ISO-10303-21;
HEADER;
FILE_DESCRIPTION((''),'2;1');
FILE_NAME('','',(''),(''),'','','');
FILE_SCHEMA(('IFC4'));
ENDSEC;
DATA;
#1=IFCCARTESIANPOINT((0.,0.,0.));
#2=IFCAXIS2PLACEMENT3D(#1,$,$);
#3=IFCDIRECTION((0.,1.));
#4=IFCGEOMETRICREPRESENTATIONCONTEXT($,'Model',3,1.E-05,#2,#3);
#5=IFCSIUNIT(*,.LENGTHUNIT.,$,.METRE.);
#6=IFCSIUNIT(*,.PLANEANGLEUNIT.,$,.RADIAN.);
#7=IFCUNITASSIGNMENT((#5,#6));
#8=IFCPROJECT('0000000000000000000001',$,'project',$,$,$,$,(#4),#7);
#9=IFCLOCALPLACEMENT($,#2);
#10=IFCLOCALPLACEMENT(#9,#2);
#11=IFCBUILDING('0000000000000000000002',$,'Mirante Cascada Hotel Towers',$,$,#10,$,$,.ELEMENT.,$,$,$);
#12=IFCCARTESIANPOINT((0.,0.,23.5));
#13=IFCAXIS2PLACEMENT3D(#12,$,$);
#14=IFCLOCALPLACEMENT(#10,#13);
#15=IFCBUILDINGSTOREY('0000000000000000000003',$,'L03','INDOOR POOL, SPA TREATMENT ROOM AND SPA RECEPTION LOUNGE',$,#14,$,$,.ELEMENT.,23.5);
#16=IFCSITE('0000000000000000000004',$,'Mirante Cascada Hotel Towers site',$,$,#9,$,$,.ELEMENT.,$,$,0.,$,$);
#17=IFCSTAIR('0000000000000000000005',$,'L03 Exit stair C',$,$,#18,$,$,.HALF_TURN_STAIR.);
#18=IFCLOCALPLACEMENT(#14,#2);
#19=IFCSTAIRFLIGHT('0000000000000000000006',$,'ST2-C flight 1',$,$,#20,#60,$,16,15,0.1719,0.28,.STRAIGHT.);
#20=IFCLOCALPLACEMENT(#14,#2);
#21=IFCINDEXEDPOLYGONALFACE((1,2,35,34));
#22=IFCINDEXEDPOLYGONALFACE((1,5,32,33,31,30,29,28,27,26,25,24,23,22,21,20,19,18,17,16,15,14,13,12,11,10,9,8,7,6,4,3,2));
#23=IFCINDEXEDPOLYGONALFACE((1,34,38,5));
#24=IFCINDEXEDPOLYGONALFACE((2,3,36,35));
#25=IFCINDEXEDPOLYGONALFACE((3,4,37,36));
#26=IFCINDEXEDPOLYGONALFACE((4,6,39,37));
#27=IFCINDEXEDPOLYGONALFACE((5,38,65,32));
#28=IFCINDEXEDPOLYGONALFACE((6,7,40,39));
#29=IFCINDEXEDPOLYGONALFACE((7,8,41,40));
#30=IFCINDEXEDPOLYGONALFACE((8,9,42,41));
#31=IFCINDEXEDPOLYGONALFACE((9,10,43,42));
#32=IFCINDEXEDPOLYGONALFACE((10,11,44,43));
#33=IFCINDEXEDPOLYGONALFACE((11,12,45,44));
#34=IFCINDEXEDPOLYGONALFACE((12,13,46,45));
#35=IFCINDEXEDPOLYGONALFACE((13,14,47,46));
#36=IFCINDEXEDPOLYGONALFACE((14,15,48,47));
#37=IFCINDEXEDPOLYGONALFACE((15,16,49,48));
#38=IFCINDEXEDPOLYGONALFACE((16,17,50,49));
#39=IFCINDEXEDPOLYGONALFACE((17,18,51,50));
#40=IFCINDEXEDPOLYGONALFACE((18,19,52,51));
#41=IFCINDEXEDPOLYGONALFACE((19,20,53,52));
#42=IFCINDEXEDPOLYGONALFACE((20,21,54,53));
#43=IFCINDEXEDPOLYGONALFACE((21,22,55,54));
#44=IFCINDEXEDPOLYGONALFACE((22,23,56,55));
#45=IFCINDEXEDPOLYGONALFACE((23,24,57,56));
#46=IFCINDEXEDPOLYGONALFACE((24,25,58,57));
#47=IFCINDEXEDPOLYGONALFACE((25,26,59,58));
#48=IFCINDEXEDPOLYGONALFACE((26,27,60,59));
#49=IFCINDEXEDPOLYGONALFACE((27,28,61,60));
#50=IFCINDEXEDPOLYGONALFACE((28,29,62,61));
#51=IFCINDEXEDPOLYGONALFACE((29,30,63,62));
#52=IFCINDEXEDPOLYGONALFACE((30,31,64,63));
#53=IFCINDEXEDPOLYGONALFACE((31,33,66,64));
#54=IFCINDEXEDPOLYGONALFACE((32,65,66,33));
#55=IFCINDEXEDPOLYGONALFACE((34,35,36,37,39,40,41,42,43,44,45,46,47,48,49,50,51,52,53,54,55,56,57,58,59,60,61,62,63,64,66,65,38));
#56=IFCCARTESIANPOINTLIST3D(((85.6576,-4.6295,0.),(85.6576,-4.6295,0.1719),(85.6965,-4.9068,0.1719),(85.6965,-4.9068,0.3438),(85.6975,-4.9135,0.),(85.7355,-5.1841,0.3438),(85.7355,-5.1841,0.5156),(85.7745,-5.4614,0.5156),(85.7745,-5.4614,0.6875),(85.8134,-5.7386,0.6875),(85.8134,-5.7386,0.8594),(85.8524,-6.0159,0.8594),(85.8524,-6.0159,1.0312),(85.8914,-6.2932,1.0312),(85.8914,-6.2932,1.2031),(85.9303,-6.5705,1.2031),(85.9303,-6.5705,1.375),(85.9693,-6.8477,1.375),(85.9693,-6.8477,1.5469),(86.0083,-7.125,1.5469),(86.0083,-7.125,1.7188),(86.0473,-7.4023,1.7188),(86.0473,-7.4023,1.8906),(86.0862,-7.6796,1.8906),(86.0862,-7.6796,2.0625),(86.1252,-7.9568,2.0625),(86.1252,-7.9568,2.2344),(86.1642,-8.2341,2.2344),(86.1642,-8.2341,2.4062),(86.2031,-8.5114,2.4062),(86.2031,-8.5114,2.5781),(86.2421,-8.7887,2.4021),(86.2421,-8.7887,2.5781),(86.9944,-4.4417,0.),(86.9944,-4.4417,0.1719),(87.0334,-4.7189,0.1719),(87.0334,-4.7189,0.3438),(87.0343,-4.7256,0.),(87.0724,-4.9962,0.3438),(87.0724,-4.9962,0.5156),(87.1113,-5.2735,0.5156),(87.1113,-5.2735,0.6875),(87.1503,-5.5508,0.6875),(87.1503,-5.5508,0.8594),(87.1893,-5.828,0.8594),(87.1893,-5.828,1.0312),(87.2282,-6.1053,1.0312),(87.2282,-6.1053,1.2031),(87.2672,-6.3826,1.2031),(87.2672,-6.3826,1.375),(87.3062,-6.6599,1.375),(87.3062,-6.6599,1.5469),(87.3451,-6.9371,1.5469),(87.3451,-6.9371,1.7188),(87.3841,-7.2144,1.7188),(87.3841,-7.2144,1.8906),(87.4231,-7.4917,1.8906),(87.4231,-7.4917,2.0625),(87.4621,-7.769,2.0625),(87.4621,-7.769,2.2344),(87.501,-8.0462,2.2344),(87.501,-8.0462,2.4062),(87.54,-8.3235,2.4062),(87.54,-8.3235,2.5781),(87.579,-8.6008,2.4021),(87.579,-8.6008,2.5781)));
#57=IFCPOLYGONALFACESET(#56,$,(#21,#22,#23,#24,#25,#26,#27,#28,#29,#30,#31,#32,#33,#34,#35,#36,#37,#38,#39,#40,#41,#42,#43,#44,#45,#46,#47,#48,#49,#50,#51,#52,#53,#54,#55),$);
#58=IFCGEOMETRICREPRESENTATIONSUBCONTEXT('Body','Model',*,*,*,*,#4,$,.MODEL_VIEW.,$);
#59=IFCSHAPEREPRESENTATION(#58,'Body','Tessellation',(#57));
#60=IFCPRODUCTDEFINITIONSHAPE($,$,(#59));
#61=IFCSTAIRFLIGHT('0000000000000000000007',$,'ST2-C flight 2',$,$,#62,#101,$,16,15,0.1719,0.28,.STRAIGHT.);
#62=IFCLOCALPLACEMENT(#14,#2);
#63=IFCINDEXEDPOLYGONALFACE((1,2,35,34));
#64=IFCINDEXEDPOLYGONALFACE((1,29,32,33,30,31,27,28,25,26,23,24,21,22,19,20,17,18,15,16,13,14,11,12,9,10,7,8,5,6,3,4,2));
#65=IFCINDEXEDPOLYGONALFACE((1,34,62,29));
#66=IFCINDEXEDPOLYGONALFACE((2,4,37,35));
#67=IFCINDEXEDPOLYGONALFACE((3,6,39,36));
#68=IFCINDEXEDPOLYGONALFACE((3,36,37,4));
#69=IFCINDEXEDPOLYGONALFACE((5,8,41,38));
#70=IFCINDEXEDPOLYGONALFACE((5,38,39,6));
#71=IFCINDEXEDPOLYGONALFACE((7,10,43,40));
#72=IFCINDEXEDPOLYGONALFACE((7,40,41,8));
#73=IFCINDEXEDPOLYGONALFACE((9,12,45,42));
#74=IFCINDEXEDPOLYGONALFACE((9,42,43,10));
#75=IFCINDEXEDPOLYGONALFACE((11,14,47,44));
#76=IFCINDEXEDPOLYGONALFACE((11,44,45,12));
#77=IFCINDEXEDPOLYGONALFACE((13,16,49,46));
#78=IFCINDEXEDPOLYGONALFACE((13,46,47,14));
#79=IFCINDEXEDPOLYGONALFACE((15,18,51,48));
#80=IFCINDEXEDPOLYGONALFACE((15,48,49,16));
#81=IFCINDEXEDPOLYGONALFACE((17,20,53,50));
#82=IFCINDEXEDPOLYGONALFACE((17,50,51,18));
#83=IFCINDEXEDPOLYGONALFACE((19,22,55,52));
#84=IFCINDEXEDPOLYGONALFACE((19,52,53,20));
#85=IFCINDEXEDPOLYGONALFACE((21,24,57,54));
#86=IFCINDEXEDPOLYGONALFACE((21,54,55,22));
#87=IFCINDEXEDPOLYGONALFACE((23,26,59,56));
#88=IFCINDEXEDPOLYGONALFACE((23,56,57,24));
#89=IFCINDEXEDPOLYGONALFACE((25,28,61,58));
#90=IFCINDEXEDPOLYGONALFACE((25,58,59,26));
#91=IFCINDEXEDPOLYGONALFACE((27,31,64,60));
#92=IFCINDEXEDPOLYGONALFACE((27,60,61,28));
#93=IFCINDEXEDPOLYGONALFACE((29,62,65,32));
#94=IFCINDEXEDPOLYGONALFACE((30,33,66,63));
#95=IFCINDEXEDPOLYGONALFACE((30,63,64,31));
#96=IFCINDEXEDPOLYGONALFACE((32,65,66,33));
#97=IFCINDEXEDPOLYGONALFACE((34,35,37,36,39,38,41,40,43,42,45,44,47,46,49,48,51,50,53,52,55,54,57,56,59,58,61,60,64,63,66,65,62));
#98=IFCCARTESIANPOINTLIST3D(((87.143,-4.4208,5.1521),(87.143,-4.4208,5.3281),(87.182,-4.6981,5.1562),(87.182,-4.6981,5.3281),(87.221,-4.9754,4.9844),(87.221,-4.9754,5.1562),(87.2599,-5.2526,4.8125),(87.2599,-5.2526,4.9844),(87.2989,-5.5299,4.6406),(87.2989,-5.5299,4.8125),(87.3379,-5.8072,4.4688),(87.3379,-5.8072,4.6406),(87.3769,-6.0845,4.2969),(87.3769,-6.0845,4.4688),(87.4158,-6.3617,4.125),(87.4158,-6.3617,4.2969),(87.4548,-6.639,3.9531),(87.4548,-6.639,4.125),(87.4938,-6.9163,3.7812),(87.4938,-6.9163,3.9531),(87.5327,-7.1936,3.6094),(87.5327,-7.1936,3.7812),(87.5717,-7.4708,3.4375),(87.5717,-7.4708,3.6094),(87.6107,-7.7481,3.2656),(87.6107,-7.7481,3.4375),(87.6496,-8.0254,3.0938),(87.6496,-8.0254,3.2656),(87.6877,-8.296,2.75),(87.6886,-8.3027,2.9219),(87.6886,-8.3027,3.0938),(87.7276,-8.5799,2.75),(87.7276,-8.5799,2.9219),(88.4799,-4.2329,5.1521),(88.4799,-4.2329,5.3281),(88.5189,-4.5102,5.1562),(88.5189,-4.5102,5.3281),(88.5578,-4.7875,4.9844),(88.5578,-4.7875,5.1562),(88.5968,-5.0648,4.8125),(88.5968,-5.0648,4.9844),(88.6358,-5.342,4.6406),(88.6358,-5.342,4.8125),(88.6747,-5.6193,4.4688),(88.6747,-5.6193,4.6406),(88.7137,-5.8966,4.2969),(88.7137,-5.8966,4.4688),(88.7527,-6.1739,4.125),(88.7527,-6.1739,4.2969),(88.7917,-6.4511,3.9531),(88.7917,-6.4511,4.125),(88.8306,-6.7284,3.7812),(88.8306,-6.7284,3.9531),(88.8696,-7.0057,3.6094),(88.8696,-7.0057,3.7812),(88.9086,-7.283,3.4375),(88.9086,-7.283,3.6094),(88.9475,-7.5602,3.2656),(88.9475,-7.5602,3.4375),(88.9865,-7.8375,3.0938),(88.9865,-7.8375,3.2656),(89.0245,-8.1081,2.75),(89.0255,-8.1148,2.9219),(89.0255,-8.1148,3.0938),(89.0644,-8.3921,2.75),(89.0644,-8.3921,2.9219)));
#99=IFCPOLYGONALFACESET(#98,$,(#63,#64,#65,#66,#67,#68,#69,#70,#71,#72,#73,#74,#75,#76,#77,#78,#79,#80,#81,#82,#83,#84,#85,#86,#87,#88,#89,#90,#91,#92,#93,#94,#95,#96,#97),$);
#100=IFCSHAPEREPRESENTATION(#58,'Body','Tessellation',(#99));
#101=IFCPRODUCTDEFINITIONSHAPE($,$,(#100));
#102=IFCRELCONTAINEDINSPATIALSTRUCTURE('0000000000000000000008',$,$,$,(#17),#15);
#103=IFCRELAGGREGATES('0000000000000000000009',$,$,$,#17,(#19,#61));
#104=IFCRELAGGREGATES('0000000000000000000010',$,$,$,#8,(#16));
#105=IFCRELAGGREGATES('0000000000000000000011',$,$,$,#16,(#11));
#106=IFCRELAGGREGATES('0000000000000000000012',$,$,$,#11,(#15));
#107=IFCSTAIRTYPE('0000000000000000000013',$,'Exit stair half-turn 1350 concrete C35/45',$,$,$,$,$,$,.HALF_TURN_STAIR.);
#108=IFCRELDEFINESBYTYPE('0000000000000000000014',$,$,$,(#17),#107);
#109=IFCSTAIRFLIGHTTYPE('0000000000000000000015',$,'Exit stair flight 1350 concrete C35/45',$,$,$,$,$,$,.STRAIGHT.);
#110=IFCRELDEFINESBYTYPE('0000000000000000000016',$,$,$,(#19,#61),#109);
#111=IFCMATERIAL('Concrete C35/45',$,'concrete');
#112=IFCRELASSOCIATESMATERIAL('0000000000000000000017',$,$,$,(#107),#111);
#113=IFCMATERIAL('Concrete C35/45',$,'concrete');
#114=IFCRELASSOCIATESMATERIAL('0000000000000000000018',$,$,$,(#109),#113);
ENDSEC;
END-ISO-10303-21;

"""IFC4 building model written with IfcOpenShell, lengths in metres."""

from ifc_helpers import new_model, si_unit, direction, frame, origin, place, context, subcontext, project, spatial, polyline, outline, extrude, material, type_object, element, aggregate, save


model = new_model("IFC4")

# Units and contexts
model_context = context("Model", 3, precision=1e-05, world=origin(), true_north=direction((0.0, 1.0)))
body_context = subcontext(model_context, "Body", "Model", "MODEL_VIEW")
ifc_project = project(units=[si_unit("LENGTHUNIT", "METRE"), si_unit("PLANEANGLEUNIT", "RADIAN")], contexts=[model_context])

# Site, building, storey
site_placement = place(None, origin())
site = spatial("IfcSite", under=ifc_project, at=site_placement, Name="Mirante Cascada Hotel Towers site", CompositionType="ELEMENT", RefElevation=0.0)
building_placement = place(site_placement, origin())
building = spatial("IfcBuilding", under=site, at=building_placement, Name="Mirante Cascada Hotel Towers", CompositionType="ELEMENT")
storey_placement = place(building_placement, frame((0.0, 0.0, 23.5)))
storey = spatial("IfcBuildingStorey", under=building, at=storey_placement, Name="L03", Description="INDOOR POOL, SPA TREATMENT ROOM AND SPA RECEPTION LOUNGE", CompositionType="ELEMENT", Elevation=23.5)

# Stair, stair flights
ifc_material_1 = material(Name="Concrete C35/45", Category="concrete")
stair_type = type_object("IfcStairType", Name="Exit stair half-turn 1350 concrete C35/45", PredefinedType="HALF_TURN_STAIR", material=ifc_material_1)
stair_placement = place(storey_placement, origin())
stair = element("IfcStair", 1, at=stair_placement, inside=storey, type_object=stair_type, Name="L03 Exit stair C", PredefinedType="HALF_TURN_STAIR")
ifc_material_2 = material(Name="Concrete C35/45", Category="concrete")
stair_flight_type = type_object("IfcStairFlightType", Name="Exit stair flight 1350 concrete C35/45", PredefinedType="STRAIGHT", material=ifc_material_2)
stair_flight_1_placement = place(storey_placement, frame((86.326, -4.5356, 0.0), z_axis=(0.0, 0.0, 1.0), x_axis=(0.139173, -0.990268, 0.0)))
stair_flight_1 = element("IfcStairFlight", 2, at=stair_flight_1_placement, type_object=stair_flight_type, Name="ST2-C flight 1", NumberOfRisers=16, NumberOfTreads=15, PredefinedType="STRAIGHT", RiserHeight=0.1719, TreadLength=0.28, context=body_context, shape_type="SweptSolid", body=[
    extrude(outline(polyline([(0.0, 0.0), (0.0, 0.1719), (0.28, 0.1719), (0.28, 0.3438), (0.56, 0.3438), (0.56, 0.5156), (0.84, 0.5156), (0.84, 0.6875), (1.12, 0.6875), (1.12, 0.8594), (1.4, 0.8594), (1.4, 1.0312), (1.68, 1.0312), (1.68, 1.2031), (1.96, 1.2031), (1.96, 1.375), (2.24, 1.375), (2.24, 1.5469), (2.52, 1.5469), (2.52, 1.7188), (2.8, 1.7188), (2.8, 1.8906), (3.08, 1.8906), (3.08, 2.0625), (3.36, 2.0625), (3.36, 2.2344), (3.64, 2.2344), (3.64, 2.4062), (3.92, 2.4062), (3.92, 2.5781), (4.2, 2.5781), (4.2, 2.75), (4.2, 2.4021), (0.2867, 0.0), (0.0, 0.0)])), frame((0.0, 0.675, 0.0), z_axis=(0.0, -1.0, 0.0), x_axis=(1.0, 0.0, 0.0)), (0.0, 0.0, 1.0), 1.35),
])
stair_flight_2_placement = place(storey_placement, frame((88.396, -8.486, 2.75), z_axis=(0.0, 0.0, 1.0), x_axis=(-0.139173, 0.990268, 0.0)))
stair_flight_2 = element("IfcStairFlight", 3, at=stair_flight_2_placement, type_object=stair_flight_type, Name="ST2-C flight 2", NumberOfRisers=16, NumberOfTreads=15, PredefinedType="STRAIGHT", RiserHeight=0.1719, TreadLength=0.28, context=body_context, shape_type="SweptSolid", body=[
    extrude(outline(polyline([(0.0, 0.0), (0.0, 0.1719), (0.28, 0.1719), (0.28, 0.3438), (0.56, 0.3438), (0.56, 0.5156), (0.84, 0.5156), (0.84, 0.6875), (1.12, 0.6875), (1.12, 0.8594), (1.4, 0.8594), (1.4, 1.0312), (1.68, 1.0312), (1.68, 1.2031), (1.96, 1.2031), (1.96, 1.375), (2.24, 1.375), (2.24, 1.5469), (2.52, 1.5469), (2.52, 1.7188), (2.8, 1.7188), (2.8, 1.8906), (3.08, 1.8906), (3.08, 2.0625), (3.36, 2.0625), (3.36, 2.2344), (3.64, 2.2344), (3.64, 2.4062), (3.92, 2.4062), (3.92, 2.5781), (4.2, 2.5781), (4.2, 2.75), (4.2, 2.4021), (0.2867, 0.0), (0.0, 0.0)])), frame((0.0, 0.675, 0.0), z_axis=(0.0, -1.0, 0.0), x_axis=(1.0, 0.0, 0.0)), (0.0, 0.0, 1.0), 1.35),
])
aggregate(stair, [stair_flight_1, stair_flight_2])

save(model, "model.ifc")
